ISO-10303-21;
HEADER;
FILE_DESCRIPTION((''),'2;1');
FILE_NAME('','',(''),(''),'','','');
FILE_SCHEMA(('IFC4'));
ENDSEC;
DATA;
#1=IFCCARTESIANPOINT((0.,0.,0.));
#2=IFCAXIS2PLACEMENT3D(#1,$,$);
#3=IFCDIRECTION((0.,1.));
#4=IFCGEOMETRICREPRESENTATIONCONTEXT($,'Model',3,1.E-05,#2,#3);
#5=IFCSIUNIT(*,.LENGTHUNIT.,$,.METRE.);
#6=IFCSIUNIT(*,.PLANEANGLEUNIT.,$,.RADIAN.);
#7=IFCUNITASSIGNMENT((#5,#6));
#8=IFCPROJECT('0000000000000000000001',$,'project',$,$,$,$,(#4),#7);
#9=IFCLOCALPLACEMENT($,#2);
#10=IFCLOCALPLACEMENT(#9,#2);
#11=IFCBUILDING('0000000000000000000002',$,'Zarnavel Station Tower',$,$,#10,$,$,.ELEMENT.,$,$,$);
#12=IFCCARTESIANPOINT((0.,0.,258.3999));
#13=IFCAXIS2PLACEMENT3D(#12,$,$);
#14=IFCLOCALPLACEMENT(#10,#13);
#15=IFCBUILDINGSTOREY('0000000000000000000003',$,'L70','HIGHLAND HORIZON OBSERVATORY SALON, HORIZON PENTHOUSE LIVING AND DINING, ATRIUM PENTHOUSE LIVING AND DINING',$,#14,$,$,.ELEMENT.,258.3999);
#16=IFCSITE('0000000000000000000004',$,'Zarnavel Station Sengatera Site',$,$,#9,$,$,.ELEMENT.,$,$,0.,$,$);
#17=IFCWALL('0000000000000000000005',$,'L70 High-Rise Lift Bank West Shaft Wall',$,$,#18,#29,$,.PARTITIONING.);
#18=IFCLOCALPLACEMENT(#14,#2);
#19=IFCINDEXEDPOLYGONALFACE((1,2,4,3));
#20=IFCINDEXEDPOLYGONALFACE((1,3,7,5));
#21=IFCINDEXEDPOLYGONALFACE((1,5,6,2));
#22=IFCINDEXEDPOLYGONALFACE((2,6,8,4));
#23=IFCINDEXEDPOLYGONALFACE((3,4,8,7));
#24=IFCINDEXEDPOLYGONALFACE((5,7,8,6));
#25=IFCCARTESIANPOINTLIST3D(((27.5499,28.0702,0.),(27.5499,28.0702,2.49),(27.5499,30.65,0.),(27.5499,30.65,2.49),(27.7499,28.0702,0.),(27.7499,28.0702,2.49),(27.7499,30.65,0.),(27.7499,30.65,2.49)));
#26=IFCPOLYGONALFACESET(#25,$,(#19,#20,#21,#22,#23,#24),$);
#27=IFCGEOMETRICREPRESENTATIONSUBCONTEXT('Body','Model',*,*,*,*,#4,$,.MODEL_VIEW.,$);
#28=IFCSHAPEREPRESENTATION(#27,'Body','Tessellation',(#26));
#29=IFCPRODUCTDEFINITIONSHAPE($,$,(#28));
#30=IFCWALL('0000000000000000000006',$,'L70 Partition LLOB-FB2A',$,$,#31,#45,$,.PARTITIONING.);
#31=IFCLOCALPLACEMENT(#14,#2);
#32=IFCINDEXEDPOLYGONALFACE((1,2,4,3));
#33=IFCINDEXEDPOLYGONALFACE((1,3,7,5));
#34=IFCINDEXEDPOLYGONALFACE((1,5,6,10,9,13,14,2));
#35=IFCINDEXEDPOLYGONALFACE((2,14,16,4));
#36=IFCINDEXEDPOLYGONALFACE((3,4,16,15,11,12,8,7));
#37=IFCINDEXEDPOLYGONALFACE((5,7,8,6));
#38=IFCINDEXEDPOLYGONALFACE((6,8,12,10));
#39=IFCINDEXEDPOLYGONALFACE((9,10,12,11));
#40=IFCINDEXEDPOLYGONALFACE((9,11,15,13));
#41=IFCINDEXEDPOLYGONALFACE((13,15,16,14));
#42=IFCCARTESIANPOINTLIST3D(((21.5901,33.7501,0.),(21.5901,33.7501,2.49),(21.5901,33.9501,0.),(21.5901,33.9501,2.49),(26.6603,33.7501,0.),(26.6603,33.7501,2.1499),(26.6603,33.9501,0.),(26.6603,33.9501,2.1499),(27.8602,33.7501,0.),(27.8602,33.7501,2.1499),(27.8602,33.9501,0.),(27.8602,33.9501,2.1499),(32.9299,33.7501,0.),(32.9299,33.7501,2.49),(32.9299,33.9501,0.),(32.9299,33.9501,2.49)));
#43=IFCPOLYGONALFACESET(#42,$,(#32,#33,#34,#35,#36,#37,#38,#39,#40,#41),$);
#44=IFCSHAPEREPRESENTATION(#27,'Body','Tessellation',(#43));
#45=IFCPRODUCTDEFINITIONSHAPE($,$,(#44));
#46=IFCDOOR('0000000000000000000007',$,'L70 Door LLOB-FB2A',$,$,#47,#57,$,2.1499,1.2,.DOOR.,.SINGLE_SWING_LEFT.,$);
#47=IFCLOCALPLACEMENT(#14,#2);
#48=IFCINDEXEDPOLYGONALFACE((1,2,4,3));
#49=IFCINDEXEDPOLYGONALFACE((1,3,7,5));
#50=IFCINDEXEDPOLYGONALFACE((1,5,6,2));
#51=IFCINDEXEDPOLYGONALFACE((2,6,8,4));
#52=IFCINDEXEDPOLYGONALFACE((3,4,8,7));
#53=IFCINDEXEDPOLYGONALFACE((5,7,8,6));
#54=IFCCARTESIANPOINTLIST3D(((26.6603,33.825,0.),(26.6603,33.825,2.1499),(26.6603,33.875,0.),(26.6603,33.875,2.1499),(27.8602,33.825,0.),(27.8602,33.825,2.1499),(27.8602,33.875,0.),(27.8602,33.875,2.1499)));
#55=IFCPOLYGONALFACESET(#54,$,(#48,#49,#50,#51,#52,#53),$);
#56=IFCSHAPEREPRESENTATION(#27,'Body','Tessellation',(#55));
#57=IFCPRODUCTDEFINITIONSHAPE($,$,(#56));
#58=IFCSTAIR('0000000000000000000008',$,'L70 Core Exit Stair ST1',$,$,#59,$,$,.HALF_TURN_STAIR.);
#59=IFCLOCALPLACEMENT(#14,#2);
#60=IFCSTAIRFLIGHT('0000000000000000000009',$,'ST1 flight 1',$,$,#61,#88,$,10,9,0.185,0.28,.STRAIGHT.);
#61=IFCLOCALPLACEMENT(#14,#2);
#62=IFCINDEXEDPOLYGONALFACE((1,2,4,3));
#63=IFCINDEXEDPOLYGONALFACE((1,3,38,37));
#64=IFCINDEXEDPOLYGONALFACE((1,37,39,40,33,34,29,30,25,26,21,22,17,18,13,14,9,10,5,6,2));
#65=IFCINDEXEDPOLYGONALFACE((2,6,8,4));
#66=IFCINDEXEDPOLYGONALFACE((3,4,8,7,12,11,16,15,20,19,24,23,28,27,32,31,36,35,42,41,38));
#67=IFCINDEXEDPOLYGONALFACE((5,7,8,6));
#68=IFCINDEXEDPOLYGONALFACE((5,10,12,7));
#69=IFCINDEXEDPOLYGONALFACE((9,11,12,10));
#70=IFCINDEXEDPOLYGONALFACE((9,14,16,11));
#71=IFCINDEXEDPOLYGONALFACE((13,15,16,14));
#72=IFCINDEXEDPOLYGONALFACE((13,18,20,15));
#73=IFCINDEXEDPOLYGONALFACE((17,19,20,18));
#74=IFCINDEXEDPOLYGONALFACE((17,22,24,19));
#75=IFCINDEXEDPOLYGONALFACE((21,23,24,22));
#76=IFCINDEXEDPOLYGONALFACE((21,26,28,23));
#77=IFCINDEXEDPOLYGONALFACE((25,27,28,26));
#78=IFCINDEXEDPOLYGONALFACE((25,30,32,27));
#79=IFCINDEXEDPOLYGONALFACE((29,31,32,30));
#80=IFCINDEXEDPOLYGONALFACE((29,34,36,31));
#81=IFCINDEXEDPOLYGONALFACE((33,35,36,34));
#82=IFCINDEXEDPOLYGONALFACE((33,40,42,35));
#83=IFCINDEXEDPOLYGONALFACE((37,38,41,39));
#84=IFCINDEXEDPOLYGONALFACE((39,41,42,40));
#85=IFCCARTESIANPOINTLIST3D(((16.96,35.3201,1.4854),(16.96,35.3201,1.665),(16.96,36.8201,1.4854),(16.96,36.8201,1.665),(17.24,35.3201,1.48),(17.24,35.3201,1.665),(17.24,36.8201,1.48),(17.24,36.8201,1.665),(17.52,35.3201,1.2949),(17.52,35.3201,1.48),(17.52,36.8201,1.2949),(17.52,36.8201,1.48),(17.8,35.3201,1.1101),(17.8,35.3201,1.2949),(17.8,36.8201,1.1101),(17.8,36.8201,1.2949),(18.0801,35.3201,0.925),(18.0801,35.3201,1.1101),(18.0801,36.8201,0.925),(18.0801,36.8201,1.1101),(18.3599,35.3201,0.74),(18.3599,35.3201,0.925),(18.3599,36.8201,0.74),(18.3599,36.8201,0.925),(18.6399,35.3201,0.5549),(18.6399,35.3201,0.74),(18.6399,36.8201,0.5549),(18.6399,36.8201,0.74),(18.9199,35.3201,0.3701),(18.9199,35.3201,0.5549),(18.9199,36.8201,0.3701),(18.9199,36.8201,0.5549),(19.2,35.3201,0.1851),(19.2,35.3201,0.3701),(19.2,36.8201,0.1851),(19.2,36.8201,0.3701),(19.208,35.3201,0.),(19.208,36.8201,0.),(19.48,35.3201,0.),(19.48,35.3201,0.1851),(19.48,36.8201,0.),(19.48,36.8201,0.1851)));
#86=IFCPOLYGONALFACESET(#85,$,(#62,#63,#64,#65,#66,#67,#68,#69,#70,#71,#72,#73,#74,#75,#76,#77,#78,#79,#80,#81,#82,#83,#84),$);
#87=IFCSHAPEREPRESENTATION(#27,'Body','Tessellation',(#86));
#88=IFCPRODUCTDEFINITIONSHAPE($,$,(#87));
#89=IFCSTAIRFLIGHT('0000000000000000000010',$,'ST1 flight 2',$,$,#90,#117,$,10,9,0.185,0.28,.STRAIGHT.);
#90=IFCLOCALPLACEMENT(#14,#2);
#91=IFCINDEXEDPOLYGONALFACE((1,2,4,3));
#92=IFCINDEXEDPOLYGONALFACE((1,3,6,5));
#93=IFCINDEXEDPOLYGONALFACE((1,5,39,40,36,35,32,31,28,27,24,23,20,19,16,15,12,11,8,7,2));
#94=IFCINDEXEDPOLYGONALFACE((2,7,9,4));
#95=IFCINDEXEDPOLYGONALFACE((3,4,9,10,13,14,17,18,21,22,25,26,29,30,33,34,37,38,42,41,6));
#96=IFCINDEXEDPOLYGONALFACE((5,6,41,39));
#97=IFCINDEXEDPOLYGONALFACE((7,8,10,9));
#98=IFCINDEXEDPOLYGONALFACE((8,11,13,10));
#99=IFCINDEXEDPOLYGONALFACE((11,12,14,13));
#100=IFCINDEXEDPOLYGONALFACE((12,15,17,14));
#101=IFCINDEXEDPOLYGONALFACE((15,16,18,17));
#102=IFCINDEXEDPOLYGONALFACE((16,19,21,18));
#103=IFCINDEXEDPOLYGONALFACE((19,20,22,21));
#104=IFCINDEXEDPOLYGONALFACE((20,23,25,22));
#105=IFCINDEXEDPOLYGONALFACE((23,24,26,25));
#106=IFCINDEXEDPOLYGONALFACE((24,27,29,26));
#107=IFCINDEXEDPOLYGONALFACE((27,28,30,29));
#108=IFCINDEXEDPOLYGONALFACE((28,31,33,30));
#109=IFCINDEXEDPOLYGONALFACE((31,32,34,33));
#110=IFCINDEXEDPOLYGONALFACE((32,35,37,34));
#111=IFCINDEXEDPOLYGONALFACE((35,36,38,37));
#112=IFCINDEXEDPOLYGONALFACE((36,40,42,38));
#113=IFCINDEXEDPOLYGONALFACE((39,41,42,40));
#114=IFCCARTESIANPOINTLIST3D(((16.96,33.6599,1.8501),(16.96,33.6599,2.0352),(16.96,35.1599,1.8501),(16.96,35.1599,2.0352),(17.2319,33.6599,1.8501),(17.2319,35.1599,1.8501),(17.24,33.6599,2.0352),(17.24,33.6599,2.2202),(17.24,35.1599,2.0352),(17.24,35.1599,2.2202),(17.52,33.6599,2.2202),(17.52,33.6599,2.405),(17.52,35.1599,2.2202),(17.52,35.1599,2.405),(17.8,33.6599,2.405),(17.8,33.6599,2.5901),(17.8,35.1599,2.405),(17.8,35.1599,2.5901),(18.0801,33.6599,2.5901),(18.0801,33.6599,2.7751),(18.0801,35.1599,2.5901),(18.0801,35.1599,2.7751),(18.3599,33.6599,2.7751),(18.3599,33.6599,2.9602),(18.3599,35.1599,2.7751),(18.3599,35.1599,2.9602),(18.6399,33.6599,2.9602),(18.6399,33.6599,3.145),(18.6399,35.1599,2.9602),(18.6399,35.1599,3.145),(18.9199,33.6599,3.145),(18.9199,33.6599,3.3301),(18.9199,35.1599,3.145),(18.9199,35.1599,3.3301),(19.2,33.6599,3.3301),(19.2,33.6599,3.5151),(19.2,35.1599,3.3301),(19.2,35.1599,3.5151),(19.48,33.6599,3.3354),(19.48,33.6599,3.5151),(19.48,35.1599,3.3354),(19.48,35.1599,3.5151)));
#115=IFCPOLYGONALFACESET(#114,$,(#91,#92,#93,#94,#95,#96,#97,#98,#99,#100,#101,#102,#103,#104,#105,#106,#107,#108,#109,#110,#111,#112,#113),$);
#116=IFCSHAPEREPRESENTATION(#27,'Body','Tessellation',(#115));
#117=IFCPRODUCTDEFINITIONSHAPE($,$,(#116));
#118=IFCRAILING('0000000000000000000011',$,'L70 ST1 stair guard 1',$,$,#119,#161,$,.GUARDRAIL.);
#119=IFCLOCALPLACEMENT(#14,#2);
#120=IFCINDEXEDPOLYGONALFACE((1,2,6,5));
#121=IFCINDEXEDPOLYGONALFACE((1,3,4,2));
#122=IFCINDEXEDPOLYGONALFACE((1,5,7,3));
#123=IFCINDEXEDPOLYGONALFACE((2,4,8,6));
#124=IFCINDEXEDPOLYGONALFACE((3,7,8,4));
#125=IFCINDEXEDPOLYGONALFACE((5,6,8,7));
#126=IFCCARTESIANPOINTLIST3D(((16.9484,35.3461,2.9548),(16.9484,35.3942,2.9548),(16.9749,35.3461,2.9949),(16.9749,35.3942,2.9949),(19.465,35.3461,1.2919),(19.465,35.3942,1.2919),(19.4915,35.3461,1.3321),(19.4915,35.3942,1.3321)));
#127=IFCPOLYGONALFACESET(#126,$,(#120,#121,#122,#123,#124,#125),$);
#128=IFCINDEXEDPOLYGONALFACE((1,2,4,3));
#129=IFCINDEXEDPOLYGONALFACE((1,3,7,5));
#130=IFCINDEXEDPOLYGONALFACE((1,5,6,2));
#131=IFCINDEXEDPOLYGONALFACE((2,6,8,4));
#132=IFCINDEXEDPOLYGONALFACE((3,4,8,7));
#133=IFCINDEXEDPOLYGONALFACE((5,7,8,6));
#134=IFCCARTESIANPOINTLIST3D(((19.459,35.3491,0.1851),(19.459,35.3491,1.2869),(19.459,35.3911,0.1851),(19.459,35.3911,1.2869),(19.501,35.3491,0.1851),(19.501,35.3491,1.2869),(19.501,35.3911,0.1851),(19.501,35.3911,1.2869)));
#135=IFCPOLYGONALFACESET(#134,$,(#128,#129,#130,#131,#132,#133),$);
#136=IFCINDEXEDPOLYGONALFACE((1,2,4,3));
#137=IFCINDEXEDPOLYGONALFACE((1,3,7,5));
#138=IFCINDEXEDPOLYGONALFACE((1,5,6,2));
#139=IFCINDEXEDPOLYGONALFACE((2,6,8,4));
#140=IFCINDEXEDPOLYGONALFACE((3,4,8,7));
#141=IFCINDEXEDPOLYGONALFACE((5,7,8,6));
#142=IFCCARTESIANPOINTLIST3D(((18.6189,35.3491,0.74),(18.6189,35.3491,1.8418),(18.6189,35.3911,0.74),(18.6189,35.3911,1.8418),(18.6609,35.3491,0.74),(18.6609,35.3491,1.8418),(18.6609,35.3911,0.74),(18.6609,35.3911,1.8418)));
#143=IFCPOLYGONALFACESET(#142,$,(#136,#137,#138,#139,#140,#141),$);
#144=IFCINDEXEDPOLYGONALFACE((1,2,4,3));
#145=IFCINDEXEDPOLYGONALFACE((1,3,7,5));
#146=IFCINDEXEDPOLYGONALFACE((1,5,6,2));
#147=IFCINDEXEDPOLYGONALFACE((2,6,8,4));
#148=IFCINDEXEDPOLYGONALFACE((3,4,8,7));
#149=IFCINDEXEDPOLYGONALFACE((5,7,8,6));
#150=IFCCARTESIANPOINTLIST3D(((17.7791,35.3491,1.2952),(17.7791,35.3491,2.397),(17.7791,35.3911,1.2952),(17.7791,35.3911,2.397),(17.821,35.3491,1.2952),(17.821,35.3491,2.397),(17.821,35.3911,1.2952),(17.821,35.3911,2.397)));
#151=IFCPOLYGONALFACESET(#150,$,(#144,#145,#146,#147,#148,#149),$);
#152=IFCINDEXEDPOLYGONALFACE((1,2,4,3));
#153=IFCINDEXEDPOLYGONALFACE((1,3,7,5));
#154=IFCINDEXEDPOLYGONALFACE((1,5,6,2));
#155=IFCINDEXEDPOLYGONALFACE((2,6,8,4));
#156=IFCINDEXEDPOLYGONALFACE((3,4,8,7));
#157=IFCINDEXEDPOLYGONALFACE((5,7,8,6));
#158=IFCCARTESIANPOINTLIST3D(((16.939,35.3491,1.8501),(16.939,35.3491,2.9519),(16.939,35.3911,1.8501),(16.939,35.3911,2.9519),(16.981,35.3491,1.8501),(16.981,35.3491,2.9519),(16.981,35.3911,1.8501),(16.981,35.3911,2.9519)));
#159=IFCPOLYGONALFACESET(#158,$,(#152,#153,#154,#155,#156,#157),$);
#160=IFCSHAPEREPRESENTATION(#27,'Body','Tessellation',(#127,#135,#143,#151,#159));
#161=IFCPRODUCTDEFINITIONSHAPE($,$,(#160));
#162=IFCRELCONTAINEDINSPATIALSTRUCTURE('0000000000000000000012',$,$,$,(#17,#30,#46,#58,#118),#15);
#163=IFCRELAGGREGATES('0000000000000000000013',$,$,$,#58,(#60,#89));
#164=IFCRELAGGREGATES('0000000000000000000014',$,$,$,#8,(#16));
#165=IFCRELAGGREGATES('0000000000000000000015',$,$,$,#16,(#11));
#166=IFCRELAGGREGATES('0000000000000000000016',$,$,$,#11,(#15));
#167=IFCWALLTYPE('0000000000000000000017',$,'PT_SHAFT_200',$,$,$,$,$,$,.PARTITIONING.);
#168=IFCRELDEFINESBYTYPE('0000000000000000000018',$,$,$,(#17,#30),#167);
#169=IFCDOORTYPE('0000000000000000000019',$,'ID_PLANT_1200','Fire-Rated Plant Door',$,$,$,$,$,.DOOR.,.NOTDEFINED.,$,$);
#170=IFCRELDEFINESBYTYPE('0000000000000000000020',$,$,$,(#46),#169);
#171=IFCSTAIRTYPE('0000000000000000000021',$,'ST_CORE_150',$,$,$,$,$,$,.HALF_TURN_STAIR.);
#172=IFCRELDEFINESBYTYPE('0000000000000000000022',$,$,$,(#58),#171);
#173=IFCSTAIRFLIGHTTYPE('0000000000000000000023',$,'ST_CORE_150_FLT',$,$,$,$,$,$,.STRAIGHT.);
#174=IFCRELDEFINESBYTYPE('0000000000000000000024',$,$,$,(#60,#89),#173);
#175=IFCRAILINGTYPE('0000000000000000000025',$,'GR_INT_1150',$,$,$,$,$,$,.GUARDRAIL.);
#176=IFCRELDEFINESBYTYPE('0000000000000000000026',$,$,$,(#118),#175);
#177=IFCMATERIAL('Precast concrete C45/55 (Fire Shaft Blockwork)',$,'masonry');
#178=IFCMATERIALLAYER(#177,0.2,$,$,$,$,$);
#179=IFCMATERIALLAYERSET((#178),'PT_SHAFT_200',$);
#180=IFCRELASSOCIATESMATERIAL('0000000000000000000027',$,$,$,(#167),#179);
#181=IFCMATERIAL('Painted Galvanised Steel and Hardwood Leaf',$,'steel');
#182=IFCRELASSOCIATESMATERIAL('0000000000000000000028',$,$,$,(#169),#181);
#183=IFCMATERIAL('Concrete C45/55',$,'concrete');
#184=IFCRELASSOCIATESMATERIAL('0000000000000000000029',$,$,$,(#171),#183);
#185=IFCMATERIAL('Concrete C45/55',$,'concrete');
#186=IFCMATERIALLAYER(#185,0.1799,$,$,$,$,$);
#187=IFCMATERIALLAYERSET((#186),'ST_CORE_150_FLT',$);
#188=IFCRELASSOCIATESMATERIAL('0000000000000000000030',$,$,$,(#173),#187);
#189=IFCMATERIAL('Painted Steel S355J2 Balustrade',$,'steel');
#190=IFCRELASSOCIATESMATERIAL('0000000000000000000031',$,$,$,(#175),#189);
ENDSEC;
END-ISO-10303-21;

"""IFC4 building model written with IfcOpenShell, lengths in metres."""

from ifc_helpers import new_model, si_unit, direction, frame, frame_2d, origin, origin_2d, place, context, subcontext, project, spatial, polyline, rectangle, outline, extrude, material, layer, layer_set, type_object, element, fill, aggregate, save


model = new_model("IFC4")

# Units and contexts
model_context = context("Model", 3, precision=1e-05, world=origin(), true_north=direction((0.0, 1.0)))
body_context = subcontext(model_context, "Body", "Model", "MODEL_VIEW")
ifc_project = project(units=[si_unit("LENGTHUNIT", "METRE"), si_unit("PLANEANGLEUNIT", "RADIAN")], contexts=[model_context])

# Site, building, storey
site_placement = place(None, origin())
site = spatial("IfcSite", under=ifc_project, at=site_placement, Name="Zarnavel Station Sengatera Site", CompositionType="ELEMENT", RefElevation=0.0)
building_placement = place(site_placement, origin())
building = spatial("IfcBuilding", under=site, at=building_placement, Name="Zarnavel Station Tower", CompositionType="ELEMENT")
storey_placement = place(building_placement, frame((0.0, 0.0, 258.3999)))
storey = spatial("IfcBuildingStorey", under=building, at=storey_placement, Name="L70", Description="HIGHLAND HORIZON OBSERVATORY SALON, HORIZON PENTHOUSE LIVING AND DINING, ATRIUM PENTHOUSE LIVING AND DINING", CompositionType="ELEMENT", Elevation=258.3999)

# Shared definitions
ifc_material_1 = material(Name="Precast concrete C45/55 (Fire Shaft Blockwork)", Category="masonry")
ifc_layer_1 = layer(ifc_material_1, 0.2)
ifc_layer_set_1 = layer_set([ifc_layer_1], Name="PT_SHAFT_200")
wall_type_1 = type_object("IfcWallType", Name="PT_SHAFT_200", PredefinedType="PARTITIONING", material=ifc_layer_set_1)

# Wall
wall_1_placement = place(storey_placement, frame((27.6499, 28.0701, 0.0), z_axis=(0.0, 0.0, 1.0), x_axis=(0.0, 1.0, 0.0)))
element("IfcWall", 1, at=wall_1_placement, inside=storey, type_object=wall_type_1, Name="L70 High-Rise Lift Bank West Shaft Wall", PredefinedType="PARTITIONING", context=body_context, shape_type="SweptSolid", body=[
    extrude(rectangle(XDim=2.5798, YDim=0.2, at=frame_2d((1.29, 0.0))), origin(), (0.0, 0.0, 1.0), 2.49),
])

# Wall, opening, door
ifc_material_2 = material(Name="Painted Galvanised Steel and Hardwood Leaf", Category="steel")
door_type_1 = type_object("IfcDoorType", Name="ID_PLANT_1200", Description="Fire-Rated Plant Door", OperationType="NOTDEFINED", PredefinedType="DOOR", material=ifc_material_2)
wall_2_placement = place(storey_placement, frame((21.5901, 33.8501, 0.0), z_axis=(0.0, 0.0, 1.0), x_axis=(1.0, 0.0, 0.0)))
wall_2 = element("IfcWall", 2, at=wall_2_placement, inside=storey, type_object=wall_type_1, Name="L70 Partition LLOB-FB2A", PredefinedType="PARTITIONING", context=body_context, shape_type="SweptSolid", body=[
    extrude(rectangle(XDim=11.3398, YDim=0.2, at=frame_2d((5.6699, 0.0))), origin(), (0.0, 0.0, 1.0), 2.49),
])
opening_1_placement = place(wall_2_placement, frame((5.0701, 0.0, 0.0)))
opening_1 = element("IfcOpeningElement", 3, at=opening_1_placement, cuts=wall_2, PredefinedType="OPENING", context=body_context, shape_type="SweptSolid", body=[
    extrude(rectangle(XDim=1.2, YDim=2.1499, at=frame_2d((0.6001, 1.075))), frame((0.0, 0.1099, 0.0), z_axis=(0.0, -1.0, 0.0), x_axis=(1.0, 0.0, 0.0)), (0.0, 0.0, 1.0), 0.22),
])
door_1_placement = place(opening_1_placement, origin())
door_1 = element("IfcDoor", 4, at=door_1_placement, inside=storey, type_object=door_type_1, Name="L70 Door LLOB-FB2A", OperationType="SINGLE_SWING_LEFT", OverallHeight=2.1499, OverallWidth=1.2, PredefinedType="DOOR", context=body_context, shape_type="SweptSolid", body=[
    extrude(rectangle(XDim=1.2, YDim=2.1499, at=frame_2d((0.6001, 1.075))), frame((0.0, 0.0249, 0.0), z_axis=(0.0, -1.0, 0.0), x_axis=(1.0, 0.0, 0.0)), (0.0, 0.0, 1.0), 0.05),
])
fill(opening_1, door_1)

# Stair, stair flights
ifc_material_3 = material(Name="Concrete C45/55", Category="concrete")
stair_type = type_object("IfcStairType", Name="ST_CORE_150", PredefinedType="HALF_TURN_STAIR", material=ifc_material_3)
stair_placement = place(storey_placement, origin())
stair = element("IfcStair", 5, at=stair_placement, inside=storey, type_object=stair_type, Name="L70 Core Exit Stair ST1", PredefinedType="HALF_TURN_STAIR")
ifc_material_4 = material(Name="Concrete C45/55", Category="concrete")
ifc_layer_2 = layer(ifc_material_4, 0.1799)
ifc_layer_set_2 = layer_set([ifc_layer_2], Name="ST_CORE_150_FLT")
stair_flight_type = type_object("IfcStairFlightType", Name="ST_CORE_150_FLT", PredefinedType="STRAIGHT", material=ifc_layer_set_2)
stair_flight_1_placement = place(storey_placement, frame((19.48, 36.0701, 0.0), z_axis=(0.0, 0.0, 1.0), x_axis=(-1.0, 0.0, 0.0)))
stair_flight_1 = element("IfcStairFlight", 6, at=stair_flight_1_placement, type_object=stair_flight_type, Name="ST1 flight 1", NumberOfRisers=10, NumberOfTreads=9, PredefinedType="STRAIGHT", RiserHeight=0.185, TreadLength=0.28, context=body_context, shape_type="SweptSolid", body=[
    extrude(outline(polyline([(0.0, 0.0), (0.0, 0.1851), (0.28, 0.1851), (0.28, 0.3701), (0.5601, 0.3701), (0.5601, 0.5549), (0.8401, 0.5549), (0.8401, 0.74), (1.1201, 0.74), (1.1201, 0.925), (1.3999, 0.925), (1.3999, 1.1101), (1.6799, 1.1101), (1.6799, 1.2949), (1.96, 1.2949), (1.96, 1.48), (2.24, 1.48), (2.24, 1.665), (2.52, 1.665), (2.52, 1.8501), (2.52, 1.4854), (0.272, 0.0), (0.0, 0.0)])), frame((0.0, 0.75, 0.0), z_axis=(0.0, -1.0, 0.0), x_axis=(1.0, 0.0, 0.0)), (0.0, 0.0, 1.0), 1.5),
])
stair_flight_2_placement = place(storey_placement, frame((16.96, 34.4099, 1.8501), z_axis=(0.0, 0.0, 1.0), x_axis=(1.0, 0.0, 0.0)))
stair_flight_2 = element("IfcStairFlight", 7, at=stair_flight_2_placement, type_object=stair_flight_type, Name="ST1 flight 2", NumberOfRisers=10, NumberOfTreads=9, PredefinedType="STRAIGHT", RiserHeight=0.185, TreadLength=0.28, context=body_context, shape_type="SweptSolid", body=[
    extrude(outline(polyline([(0.0, 0.0), (0.0, 0.1851), (0.28, 0.1851), (0.28, 0.3701), (0.5601, 0.3701), (0.5601, 0.5549), (0.8401, 0.5549), (0.8401, 0.74), (1.1201, 0.74), (1.1201, 0.925), (1.3999, 0.925), (1.3999, 1.1101), (1.6799, 1.1101), (1.6799, 1.2949), (1.96, 1.2949), (1.96, 1.48), (2.24, 1.48), (2.24, 1.665), (2.52, 1.665), (2.52, 1.8501), (2.52, 1.4854), (0.272, 0.0), (0.0, 0.0)])), frame((0.0, 0.75, 0.0), z_axis=(0.0, -1.0, 0.0), x_axis=(1.0, 0.0, 0.0)), (0.0, 0.0, 1.0), 1.5),
])
aggregate(stair, [stair_flight_1, stair_flight_2])

# Railing
ifc_material_5 = material(Name="Painted Steel S355J2 Balustrade", Category="steel")
railing_type_1 = type_object("IfcRailingType", Name="GR_INT_1150", PredefinedType="GUARDRAIL", material=ifc_material_5)
railing_1_placement = place(storey_placement, frame((19.48, 35.3701, 0.1851)))
element("IfcRailing", 8, at=railing_1_placement, inside=storey, type_object=railing_type_1, Name="L70 ST1 stair guard 1", PredefinedType="GUARDRAIL", context=body_context, shape_type="SweptSolid", body=[
    extrude(rectangle(XDim=0.0481, YDim=0.0481, at=origin_2d()), frame((-0.0017, 0.0, 1.127), z_axis=(-0.834331, 0.0, 0.551263), x_axis=(0.0, -1.0, 0.0)), (0.0, 0.0, 1.0), 3.0164),
    extrude(rectangle(XDim=0.042, YDim=0.042, at=origin_2d()), origin(), (0.0, 0.0, 1.0), 1.1018),
    extrude(rectangle(XDim=0.042, YDim=0.042, at=origin_2d()), frame((-0.8401, 0.0, 0.5549)), (0.0, 0.0, 1.0), 1.1018),
    extrude(rectangle(XDim=0.042, YDim=0.042, at=origin_2d()), frame((-1.6799, 0.0, 1.1101)), (0.0, 0.0, 1.0), 1.1018),
    extrude(rectangle(XDim=0.042, YDim=0.042, at=origin_2d()), frame((-2.52, 0.0, 1.665)), (0.0, 0.0, 1.0), 1.1018),
])

save(model, "model.ifc")
